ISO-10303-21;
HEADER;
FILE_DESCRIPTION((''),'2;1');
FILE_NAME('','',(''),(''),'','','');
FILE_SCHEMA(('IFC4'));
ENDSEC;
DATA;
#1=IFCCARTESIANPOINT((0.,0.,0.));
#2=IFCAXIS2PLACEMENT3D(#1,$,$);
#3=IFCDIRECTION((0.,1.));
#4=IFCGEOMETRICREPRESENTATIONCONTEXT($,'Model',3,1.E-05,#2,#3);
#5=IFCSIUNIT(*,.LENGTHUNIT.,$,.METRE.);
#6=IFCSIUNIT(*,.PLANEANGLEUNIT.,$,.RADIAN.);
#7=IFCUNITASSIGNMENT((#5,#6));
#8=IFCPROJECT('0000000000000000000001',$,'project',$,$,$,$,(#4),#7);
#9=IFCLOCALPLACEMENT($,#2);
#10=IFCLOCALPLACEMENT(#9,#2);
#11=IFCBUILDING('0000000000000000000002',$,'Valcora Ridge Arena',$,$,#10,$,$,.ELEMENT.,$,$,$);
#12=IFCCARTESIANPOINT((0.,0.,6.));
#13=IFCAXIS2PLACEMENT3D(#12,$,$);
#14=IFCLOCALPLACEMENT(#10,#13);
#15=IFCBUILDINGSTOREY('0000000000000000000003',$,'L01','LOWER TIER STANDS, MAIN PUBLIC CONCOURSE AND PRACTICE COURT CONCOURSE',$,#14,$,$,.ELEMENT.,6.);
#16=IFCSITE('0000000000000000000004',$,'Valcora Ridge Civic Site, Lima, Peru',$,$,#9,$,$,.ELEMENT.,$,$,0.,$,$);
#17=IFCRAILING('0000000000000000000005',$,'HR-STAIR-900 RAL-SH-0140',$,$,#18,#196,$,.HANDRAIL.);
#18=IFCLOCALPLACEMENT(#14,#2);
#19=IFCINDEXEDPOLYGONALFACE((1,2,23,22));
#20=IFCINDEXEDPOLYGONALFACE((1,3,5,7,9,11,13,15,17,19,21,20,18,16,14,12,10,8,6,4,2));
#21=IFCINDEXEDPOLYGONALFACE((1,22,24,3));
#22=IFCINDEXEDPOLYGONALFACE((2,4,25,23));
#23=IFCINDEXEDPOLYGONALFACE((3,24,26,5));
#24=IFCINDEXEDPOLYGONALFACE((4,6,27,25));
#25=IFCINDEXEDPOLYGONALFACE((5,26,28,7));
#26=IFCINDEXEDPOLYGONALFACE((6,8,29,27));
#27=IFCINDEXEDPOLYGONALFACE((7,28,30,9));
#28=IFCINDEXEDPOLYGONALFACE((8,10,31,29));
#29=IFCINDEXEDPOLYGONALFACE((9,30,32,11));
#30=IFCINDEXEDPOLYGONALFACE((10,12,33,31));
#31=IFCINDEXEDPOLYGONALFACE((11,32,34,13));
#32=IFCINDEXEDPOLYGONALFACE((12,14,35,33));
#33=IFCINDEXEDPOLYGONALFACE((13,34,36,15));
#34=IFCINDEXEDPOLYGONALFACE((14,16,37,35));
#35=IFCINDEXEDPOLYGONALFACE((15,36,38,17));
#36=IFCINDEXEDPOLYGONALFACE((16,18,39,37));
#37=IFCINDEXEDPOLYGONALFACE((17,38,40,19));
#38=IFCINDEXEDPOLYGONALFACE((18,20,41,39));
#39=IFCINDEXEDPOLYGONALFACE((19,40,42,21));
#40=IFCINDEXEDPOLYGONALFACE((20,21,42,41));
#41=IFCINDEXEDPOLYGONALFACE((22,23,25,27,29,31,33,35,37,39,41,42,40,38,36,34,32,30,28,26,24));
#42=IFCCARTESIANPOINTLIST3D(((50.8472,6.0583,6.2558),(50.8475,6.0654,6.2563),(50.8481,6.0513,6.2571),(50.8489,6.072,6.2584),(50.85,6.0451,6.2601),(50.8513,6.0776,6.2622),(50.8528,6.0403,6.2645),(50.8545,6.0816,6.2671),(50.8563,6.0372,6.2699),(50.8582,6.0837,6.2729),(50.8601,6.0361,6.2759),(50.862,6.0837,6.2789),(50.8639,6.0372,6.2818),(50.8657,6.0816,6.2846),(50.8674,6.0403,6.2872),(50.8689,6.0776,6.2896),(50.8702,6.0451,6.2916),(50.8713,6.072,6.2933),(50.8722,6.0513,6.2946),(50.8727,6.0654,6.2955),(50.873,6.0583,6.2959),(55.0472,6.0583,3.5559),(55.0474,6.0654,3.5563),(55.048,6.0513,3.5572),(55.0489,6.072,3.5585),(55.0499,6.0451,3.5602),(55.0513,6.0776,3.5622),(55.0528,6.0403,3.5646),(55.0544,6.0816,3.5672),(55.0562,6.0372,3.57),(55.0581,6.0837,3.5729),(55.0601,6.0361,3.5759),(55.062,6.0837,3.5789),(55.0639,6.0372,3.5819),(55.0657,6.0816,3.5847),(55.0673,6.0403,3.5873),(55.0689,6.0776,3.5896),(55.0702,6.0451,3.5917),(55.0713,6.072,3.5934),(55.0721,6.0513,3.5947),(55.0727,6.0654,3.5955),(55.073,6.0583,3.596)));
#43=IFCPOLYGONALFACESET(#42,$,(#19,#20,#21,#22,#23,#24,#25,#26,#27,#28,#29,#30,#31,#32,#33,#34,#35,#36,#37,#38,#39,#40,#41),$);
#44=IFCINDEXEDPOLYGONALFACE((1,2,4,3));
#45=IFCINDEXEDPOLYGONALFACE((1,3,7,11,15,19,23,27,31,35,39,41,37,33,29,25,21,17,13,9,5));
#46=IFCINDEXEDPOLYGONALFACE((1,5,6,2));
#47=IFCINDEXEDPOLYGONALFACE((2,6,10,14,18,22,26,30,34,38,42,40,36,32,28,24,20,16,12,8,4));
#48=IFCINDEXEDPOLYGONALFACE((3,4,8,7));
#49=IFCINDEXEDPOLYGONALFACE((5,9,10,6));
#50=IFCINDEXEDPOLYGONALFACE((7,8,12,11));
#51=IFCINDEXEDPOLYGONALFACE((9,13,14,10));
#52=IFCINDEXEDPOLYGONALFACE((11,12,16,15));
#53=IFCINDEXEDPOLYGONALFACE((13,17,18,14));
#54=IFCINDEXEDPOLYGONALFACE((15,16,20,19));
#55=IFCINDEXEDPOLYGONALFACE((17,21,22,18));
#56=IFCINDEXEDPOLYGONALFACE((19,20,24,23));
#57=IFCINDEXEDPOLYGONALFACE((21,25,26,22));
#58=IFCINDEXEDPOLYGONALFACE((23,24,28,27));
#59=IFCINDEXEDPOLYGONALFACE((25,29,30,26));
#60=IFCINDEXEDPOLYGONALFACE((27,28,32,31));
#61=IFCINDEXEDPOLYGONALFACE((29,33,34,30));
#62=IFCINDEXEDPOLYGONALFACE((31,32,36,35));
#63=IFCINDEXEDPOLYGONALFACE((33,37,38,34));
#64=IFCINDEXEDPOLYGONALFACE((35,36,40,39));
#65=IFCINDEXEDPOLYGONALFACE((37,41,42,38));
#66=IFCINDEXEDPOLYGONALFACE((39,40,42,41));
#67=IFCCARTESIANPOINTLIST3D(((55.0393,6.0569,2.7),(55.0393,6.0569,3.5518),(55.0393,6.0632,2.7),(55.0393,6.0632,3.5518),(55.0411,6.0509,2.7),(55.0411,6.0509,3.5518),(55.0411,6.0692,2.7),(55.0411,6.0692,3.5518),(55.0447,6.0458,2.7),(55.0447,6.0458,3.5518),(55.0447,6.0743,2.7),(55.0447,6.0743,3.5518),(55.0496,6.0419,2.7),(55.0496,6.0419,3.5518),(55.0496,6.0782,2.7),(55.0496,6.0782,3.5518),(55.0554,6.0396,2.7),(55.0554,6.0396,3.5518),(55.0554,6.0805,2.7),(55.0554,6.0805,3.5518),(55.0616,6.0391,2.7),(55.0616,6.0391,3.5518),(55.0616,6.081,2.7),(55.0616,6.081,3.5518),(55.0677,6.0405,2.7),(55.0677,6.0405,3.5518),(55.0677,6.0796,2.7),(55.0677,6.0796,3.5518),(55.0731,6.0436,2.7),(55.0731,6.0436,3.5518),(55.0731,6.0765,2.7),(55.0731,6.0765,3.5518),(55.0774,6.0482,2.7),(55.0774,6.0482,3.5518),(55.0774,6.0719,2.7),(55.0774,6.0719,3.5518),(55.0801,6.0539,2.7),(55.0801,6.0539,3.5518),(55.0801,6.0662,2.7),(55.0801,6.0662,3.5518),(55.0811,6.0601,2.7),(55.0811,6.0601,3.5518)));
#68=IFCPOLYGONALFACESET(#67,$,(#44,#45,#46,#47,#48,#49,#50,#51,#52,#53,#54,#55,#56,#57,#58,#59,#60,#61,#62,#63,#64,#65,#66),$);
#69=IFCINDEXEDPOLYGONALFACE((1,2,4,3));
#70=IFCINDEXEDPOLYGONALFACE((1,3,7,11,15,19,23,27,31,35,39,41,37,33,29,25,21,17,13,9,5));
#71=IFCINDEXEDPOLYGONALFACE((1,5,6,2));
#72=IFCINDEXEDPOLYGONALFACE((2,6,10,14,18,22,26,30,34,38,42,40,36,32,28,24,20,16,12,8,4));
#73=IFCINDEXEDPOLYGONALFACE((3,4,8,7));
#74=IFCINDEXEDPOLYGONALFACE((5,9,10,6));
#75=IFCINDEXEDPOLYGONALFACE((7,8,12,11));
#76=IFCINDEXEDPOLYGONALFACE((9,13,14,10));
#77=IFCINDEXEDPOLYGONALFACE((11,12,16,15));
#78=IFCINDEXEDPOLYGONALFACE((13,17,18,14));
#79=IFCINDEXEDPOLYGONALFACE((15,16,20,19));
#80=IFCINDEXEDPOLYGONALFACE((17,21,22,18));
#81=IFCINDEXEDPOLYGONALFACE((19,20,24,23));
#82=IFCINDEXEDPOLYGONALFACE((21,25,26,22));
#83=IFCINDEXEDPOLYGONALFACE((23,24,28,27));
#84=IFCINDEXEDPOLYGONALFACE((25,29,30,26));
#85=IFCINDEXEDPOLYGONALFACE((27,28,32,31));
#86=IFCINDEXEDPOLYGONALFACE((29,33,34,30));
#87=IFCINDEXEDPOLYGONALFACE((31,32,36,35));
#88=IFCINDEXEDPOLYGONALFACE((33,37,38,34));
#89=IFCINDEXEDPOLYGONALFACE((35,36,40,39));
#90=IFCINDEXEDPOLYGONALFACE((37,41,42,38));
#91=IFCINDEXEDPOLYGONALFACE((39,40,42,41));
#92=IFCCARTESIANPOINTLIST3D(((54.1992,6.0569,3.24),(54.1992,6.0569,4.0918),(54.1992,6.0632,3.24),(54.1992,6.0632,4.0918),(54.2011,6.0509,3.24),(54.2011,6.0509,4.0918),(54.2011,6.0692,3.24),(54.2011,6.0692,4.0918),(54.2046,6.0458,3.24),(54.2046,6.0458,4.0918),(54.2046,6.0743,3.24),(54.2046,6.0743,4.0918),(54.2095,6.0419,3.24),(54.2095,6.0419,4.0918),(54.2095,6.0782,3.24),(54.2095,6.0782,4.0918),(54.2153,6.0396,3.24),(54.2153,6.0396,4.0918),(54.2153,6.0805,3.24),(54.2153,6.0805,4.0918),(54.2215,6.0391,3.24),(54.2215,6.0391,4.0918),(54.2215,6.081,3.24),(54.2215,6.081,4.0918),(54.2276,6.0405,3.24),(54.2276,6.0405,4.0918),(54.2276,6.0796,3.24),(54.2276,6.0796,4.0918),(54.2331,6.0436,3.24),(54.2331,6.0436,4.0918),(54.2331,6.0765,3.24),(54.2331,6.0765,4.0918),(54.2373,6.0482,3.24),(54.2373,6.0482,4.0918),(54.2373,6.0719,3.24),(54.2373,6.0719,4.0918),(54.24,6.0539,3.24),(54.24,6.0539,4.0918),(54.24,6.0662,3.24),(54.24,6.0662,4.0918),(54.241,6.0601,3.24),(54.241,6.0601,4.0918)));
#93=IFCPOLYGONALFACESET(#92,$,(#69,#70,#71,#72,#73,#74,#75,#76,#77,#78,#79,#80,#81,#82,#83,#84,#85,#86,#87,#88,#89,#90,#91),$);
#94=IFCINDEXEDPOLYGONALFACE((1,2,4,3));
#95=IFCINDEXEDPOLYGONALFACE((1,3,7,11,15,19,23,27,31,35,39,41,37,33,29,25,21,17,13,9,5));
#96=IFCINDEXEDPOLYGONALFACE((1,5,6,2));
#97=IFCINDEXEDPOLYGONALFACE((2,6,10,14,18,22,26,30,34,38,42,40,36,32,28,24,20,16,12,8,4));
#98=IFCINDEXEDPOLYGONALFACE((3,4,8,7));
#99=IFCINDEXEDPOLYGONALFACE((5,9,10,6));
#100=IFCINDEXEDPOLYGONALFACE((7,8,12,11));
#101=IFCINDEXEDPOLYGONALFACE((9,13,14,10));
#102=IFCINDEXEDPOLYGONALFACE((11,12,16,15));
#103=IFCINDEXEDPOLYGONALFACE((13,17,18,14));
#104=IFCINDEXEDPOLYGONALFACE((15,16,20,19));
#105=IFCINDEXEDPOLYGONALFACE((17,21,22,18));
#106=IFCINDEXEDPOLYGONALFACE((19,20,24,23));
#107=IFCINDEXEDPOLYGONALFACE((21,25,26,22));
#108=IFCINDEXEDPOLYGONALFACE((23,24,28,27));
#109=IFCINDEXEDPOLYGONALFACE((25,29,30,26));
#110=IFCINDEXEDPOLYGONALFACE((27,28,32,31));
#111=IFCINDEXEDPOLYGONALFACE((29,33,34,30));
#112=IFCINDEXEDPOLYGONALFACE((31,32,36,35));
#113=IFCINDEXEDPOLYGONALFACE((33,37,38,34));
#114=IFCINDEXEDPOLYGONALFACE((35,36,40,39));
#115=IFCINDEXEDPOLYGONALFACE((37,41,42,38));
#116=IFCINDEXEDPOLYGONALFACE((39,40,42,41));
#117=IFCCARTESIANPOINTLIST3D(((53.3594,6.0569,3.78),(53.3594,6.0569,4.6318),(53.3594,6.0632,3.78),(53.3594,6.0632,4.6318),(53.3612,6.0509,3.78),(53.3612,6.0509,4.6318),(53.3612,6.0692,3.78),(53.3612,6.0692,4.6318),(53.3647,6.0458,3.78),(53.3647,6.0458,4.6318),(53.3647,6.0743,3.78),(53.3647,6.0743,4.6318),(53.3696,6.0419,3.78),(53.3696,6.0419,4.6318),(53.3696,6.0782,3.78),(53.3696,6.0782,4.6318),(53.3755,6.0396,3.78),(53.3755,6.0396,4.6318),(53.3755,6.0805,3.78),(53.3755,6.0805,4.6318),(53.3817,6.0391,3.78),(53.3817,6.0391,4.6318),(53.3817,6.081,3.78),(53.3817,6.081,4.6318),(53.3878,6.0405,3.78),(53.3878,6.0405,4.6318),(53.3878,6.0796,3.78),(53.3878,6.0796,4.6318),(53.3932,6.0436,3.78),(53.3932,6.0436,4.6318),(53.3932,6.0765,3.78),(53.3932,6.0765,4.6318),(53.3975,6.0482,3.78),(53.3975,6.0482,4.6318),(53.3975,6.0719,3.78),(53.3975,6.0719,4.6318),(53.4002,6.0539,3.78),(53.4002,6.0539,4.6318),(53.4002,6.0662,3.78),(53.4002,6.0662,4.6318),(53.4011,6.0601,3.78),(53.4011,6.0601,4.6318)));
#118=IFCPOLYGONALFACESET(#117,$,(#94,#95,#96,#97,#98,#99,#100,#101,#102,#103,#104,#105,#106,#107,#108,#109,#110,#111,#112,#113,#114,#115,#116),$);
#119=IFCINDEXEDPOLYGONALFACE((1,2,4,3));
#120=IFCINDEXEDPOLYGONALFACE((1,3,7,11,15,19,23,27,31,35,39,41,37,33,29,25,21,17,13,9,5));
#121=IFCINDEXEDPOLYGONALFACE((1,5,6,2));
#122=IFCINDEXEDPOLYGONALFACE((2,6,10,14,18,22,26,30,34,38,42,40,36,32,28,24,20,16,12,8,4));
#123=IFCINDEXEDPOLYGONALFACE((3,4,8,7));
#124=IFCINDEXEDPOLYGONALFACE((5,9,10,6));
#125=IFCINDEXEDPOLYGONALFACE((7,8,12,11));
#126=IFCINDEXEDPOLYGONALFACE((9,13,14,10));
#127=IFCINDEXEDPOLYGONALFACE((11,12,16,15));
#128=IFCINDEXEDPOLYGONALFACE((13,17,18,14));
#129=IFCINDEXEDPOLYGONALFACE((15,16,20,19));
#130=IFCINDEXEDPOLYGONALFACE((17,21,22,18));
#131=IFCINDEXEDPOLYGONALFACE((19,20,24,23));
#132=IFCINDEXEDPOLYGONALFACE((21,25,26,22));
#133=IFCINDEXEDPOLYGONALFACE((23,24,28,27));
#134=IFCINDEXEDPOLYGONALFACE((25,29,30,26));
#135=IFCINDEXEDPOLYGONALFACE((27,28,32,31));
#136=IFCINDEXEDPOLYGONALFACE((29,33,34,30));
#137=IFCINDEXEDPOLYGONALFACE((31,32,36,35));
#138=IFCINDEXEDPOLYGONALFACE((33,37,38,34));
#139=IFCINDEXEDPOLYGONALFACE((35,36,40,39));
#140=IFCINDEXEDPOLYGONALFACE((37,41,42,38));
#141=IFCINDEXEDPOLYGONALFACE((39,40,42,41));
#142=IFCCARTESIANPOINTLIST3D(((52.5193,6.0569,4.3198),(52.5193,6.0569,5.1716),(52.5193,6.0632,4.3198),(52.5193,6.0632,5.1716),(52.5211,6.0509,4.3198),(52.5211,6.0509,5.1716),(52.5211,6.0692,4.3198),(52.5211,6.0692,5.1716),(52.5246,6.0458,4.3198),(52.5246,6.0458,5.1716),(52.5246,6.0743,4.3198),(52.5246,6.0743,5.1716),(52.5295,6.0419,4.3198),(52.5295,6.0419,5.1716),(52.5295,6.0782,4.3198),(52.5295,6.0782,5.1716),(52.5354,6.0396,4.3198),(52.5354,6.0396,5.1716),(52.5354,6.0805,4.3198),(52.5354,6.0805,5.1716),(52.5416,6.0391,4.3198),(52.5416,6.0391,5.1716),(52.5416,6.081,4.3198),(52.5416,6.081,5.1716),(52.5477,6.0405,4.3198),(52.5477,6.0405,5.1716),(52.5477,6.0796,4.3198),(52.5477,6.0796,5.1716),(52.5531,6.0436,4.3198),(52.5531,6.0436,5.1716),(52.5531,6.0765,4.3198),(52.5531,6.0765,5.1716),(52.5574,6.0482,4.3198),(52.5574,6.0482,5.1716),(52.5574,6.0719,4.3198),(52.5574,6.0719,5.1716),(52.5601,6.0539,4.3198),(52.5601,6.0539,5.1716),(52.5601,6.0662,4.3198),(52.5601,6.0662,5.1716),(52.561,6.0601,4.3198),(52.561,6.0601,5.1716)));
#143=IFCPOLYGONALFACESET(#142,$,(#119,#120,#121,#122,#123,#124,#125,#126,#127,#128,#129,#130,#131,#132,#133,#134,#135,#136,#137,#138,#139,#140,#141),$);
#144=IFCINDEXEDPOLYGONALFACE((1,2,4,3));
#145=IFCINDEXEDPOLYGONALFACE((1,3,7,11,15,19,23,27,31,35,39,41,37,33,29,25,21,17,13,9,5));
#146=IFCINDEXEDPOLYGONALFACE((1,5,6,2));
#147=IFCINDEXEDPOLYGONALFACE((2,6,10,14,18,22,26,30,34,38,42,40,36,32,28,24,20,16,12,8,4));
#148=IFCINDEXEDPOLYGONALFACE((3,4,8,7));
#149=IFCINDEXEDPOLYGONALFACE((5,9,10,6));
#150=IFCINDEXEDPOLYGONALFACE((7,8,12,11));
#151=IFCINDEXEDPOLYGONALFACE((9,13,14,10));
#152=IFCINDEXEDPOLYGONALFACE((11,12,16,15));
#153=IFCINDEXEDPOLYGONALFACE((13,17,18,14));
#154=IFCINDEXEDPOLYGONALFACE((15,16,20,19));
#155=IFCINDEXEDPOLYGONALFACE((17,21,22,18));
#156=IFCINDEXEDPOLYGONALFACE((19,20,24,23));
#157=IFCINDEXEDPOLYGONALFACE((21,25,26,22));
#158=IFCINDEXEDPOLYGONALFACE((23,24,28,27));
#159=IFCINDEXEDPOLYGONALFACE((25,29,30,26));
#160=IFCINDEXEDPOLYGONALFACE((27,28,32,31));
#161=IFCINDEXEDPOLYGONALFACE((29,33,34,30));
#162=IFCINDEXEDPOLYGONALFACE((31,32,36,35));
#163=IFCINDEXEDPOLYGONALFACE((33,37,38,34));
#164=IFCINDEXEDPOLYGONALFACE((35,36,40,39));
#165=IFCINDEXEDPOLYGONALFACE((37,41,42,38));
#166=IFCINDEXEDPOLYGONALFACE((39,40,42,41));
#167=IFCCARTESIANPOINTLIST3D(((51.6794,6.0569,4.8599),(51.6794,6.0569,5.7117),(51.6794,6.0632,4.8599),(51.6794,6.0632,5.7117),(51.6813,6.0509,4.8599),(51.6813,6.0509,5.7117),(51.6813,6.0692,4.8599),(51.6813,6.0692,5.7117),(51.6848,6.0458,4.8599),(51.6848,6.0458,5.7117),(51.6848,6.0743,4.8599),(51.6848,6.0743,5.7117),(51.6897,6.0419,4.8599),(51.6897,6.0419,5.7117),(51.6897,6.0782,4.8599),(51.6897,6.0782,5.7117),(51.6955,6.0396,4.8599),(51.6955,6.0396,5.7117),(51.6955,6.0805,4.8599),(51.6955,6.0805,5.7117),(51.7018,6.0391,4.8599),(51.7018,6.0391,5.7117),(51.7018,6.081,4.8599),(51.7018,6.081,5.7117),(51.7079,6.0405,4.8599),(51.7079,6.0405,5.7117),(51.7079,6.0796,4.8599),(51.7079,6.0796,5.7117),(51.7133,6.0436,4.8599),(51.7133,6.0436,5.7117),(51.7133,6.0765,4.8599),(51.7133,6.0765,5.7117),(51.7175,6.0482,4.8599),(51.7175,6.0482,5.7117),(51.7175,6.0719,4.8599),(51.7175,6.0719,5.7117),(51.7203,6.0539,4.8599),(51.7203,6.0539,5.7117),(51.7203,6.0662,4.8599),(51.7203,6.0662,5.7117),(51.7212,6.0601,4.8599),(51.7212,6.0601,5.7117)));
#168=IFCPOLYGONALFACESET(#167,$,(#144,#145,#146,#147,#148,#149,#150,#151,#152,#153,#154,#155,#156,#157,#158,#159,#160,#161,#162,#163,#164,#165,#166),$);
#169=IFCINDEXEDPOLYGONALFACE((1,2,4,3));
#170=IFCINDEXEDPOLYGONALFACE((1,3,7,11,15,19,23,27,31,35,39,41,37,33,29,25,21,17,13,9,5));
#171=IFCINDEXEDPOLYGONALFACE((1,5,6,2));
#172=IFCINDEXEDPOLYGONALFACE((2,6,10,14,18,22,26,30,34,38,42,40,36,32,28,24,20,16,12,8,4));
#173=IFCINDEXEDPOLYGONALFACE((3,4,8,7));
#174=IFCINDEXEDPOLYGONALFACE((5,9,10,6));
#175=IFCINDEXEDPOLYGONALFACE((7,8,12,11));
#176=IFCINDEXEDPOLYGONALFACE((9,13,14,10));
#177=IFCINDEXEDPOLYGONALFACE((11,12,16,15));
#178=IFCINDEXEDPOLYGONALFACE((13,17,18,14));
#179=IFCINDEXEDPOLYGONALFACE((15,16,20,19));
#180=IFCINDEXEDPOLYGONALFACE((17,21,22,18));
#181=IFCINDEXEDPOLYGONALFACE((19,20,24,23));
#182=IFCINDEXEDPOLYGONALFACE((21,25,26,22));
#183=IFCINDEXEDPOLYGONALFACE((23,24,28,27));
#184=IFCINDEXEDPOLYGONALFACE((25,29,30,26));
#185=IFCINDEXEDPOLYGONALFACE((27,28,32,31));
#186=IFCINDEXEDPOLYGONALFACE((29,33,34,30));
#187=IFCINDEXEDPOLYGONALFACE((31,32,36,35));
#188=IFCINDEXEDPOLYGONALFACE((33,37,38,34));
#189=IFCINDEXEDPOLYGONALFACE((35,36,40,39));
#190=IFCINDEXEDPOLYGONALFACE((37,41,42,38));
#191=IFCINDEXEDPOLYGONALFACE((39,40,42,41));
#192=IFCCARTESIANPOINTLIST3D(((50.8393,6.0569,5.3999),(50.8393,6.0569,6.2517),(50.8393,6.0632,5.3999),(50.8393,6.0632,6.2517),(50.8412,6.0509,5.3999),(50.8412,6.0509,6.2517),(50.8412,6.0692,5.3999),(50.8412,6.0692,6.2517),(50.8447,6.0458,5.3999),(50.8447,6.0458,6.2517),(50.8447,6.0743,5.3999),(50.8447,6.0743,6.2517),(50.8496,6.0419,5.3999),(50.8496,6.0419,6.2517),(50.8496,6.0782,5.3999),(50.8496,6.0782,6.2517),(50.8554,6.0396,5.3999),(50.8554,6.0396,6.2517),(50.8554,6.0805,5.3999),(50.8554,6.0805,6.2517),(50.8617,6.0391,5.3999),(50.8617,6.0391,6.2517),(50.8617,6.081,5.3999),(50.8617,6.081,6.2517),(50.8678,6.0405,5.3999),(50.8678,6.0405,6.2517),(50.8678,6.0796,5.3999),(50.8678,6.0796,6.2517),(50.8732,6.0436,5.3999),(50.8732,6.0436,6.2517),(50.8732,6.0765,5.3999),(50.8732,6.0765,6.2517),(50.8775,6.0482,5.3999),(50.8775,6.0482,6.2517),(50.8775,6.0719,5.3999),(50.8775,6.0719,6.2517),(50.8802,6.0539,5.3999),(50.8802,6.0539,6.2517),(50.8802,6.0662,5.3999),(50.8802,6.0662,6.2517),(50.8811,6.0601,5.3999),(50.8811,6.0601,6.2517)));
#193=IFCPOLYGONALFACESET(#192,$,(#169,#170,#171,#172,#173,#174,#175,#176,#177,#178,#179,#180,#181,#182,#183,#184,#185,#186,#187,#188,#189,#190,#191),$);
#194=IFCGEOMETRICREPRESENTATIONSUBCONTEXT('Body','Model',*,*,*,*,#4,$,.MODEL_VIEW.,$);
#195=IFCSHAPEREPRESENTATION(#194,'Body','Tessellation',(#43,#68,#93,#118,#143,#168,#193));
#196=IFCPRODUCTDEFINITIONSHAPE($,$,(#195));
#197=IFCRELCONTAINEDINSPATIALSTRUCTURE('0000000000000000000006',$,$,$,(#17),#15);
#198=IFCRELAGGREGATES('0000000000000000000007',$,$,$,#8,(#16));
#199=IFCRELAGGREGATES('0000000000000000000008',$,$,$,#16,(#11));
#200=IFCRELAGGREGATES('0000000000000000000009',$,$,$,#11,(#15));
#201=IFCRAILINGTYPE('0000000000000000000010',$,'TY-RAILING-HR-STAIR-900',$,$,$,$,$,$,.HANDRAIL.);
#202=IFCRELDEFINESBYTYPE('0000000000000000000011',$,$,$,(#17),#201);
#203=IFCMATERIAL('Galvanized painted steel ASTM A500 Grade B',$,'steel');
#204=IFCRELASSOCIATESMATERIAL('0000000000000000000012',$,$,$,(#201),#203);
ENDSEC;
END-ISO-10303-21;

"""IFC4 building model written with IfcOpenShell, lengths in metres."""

from ifc_helpers import new_model, si_unit, direction, frame, origin, origin_2d, place, context, subcontext, project, spatial, circle, extrude, material, type_object, element, save


model = new_model("IFC4")

# Units and contexts
model_context = context("Model", 3, precision=1e-05, world=origin(), true_north=direction((0.0, 1.0)))
body_context = subcontext(model_context, "Body", "Model", "MODEL_VIEW")
ifc_project = project(units=[si_unit("LENGTHUNIT", "METRE"), si_unit("PLANEANGLEUNIT", "RADIAN")], contexts=[model_context])

# Site, building, storey
site_placement = place(None, origin())
site = spatial("IfcSite", under=ifc_project, at=site_placement, Name="Valcora Ridge Civic Site, Lima, Peru", CompositionType="ELEMENT", RefElevation=0.0)
building_placement = place(site_placement, origin())
building = spatial("IfcBuilding", under=site, at=building_placement, Name="Valcora Ridge Arena", CompositionType="ELEMENT")
storey_placement = place(building_placement, frame((0.0, 0.0, 6.0)))
storey = spatial("IfcBuildingStorey", under=building, at=storey_placement, Name="L01", Description="LOWER TIER STANDS, MAIN PUBLIC CONCOURSE AND PRACTICE COURT CONCOURSE", CompositionType="ELEMENT", Elevation=6.0)

# Railing
ifc_material_1 = material(Name="Galvanized painted steel ASTM A500 Grade B", Category="steel")
railing_type = type_object("IfcRailingType", Name="TY-RAILING-HR-STAIR-900", PredefinedType="HANDRAIL", material=ifc_material_1)
railing_placement = place(storey_placement, frame((55.0601, 6.0601, 2.7)))
element("IfcRailing", 1, at=railing_placement, inside=storey, type_object=railing_type, Name="HR-STAIR-900 RAL-SH-0140", PredefinedType="HANDRAIL", context=body_context, shape_type="SweptSolid", body=[
    extrude(circle(Radius=0.0239, at=origin_2d()), frame((0.0, 0.0, 0.876), z_axis=(-0.84118, 0.0, 0.540755), x_axis=(0.0, -1.0, 0.0)), (0.0, 0.0, 1.0), 4.9929),
    extrude(circle(Radius=0.021, at=origin_2d()), origin(), (0.0, 0.0, 1.0), 0.8518),
    extrude(circle(Radius=0.021, at=origin_2d()), frame((-0.8401, 0.0, 0.54)), (0.0, 0.0, 1.0), 0.8518),
    extrude(circle(Radius=0.021, at=origin_2d()), frame((-1.6799, 0.0, 1.0801)), (0.0, 0.0, 1.0), 0.8518),
    extrude(circle(Radius=0.021, at=origin_2d()), frame((-2.52, 0.0, 1.6199)), (0.0, 0.0, 1.0), 0.8518),
    extrude(circle(Radius=0.021, at=origin_2d()), frame((-3.3599, 0.0, 2.1599)), (0.0, 0.0, 1.0), 0.8518),
    extrude(circle(Radius=0.021, at=origin_2d()), frame((-4.2, 0.0, 2.7)), (0.0, 0.0, 1.0), 0.8518),
])

save(model, "model.ifc")
